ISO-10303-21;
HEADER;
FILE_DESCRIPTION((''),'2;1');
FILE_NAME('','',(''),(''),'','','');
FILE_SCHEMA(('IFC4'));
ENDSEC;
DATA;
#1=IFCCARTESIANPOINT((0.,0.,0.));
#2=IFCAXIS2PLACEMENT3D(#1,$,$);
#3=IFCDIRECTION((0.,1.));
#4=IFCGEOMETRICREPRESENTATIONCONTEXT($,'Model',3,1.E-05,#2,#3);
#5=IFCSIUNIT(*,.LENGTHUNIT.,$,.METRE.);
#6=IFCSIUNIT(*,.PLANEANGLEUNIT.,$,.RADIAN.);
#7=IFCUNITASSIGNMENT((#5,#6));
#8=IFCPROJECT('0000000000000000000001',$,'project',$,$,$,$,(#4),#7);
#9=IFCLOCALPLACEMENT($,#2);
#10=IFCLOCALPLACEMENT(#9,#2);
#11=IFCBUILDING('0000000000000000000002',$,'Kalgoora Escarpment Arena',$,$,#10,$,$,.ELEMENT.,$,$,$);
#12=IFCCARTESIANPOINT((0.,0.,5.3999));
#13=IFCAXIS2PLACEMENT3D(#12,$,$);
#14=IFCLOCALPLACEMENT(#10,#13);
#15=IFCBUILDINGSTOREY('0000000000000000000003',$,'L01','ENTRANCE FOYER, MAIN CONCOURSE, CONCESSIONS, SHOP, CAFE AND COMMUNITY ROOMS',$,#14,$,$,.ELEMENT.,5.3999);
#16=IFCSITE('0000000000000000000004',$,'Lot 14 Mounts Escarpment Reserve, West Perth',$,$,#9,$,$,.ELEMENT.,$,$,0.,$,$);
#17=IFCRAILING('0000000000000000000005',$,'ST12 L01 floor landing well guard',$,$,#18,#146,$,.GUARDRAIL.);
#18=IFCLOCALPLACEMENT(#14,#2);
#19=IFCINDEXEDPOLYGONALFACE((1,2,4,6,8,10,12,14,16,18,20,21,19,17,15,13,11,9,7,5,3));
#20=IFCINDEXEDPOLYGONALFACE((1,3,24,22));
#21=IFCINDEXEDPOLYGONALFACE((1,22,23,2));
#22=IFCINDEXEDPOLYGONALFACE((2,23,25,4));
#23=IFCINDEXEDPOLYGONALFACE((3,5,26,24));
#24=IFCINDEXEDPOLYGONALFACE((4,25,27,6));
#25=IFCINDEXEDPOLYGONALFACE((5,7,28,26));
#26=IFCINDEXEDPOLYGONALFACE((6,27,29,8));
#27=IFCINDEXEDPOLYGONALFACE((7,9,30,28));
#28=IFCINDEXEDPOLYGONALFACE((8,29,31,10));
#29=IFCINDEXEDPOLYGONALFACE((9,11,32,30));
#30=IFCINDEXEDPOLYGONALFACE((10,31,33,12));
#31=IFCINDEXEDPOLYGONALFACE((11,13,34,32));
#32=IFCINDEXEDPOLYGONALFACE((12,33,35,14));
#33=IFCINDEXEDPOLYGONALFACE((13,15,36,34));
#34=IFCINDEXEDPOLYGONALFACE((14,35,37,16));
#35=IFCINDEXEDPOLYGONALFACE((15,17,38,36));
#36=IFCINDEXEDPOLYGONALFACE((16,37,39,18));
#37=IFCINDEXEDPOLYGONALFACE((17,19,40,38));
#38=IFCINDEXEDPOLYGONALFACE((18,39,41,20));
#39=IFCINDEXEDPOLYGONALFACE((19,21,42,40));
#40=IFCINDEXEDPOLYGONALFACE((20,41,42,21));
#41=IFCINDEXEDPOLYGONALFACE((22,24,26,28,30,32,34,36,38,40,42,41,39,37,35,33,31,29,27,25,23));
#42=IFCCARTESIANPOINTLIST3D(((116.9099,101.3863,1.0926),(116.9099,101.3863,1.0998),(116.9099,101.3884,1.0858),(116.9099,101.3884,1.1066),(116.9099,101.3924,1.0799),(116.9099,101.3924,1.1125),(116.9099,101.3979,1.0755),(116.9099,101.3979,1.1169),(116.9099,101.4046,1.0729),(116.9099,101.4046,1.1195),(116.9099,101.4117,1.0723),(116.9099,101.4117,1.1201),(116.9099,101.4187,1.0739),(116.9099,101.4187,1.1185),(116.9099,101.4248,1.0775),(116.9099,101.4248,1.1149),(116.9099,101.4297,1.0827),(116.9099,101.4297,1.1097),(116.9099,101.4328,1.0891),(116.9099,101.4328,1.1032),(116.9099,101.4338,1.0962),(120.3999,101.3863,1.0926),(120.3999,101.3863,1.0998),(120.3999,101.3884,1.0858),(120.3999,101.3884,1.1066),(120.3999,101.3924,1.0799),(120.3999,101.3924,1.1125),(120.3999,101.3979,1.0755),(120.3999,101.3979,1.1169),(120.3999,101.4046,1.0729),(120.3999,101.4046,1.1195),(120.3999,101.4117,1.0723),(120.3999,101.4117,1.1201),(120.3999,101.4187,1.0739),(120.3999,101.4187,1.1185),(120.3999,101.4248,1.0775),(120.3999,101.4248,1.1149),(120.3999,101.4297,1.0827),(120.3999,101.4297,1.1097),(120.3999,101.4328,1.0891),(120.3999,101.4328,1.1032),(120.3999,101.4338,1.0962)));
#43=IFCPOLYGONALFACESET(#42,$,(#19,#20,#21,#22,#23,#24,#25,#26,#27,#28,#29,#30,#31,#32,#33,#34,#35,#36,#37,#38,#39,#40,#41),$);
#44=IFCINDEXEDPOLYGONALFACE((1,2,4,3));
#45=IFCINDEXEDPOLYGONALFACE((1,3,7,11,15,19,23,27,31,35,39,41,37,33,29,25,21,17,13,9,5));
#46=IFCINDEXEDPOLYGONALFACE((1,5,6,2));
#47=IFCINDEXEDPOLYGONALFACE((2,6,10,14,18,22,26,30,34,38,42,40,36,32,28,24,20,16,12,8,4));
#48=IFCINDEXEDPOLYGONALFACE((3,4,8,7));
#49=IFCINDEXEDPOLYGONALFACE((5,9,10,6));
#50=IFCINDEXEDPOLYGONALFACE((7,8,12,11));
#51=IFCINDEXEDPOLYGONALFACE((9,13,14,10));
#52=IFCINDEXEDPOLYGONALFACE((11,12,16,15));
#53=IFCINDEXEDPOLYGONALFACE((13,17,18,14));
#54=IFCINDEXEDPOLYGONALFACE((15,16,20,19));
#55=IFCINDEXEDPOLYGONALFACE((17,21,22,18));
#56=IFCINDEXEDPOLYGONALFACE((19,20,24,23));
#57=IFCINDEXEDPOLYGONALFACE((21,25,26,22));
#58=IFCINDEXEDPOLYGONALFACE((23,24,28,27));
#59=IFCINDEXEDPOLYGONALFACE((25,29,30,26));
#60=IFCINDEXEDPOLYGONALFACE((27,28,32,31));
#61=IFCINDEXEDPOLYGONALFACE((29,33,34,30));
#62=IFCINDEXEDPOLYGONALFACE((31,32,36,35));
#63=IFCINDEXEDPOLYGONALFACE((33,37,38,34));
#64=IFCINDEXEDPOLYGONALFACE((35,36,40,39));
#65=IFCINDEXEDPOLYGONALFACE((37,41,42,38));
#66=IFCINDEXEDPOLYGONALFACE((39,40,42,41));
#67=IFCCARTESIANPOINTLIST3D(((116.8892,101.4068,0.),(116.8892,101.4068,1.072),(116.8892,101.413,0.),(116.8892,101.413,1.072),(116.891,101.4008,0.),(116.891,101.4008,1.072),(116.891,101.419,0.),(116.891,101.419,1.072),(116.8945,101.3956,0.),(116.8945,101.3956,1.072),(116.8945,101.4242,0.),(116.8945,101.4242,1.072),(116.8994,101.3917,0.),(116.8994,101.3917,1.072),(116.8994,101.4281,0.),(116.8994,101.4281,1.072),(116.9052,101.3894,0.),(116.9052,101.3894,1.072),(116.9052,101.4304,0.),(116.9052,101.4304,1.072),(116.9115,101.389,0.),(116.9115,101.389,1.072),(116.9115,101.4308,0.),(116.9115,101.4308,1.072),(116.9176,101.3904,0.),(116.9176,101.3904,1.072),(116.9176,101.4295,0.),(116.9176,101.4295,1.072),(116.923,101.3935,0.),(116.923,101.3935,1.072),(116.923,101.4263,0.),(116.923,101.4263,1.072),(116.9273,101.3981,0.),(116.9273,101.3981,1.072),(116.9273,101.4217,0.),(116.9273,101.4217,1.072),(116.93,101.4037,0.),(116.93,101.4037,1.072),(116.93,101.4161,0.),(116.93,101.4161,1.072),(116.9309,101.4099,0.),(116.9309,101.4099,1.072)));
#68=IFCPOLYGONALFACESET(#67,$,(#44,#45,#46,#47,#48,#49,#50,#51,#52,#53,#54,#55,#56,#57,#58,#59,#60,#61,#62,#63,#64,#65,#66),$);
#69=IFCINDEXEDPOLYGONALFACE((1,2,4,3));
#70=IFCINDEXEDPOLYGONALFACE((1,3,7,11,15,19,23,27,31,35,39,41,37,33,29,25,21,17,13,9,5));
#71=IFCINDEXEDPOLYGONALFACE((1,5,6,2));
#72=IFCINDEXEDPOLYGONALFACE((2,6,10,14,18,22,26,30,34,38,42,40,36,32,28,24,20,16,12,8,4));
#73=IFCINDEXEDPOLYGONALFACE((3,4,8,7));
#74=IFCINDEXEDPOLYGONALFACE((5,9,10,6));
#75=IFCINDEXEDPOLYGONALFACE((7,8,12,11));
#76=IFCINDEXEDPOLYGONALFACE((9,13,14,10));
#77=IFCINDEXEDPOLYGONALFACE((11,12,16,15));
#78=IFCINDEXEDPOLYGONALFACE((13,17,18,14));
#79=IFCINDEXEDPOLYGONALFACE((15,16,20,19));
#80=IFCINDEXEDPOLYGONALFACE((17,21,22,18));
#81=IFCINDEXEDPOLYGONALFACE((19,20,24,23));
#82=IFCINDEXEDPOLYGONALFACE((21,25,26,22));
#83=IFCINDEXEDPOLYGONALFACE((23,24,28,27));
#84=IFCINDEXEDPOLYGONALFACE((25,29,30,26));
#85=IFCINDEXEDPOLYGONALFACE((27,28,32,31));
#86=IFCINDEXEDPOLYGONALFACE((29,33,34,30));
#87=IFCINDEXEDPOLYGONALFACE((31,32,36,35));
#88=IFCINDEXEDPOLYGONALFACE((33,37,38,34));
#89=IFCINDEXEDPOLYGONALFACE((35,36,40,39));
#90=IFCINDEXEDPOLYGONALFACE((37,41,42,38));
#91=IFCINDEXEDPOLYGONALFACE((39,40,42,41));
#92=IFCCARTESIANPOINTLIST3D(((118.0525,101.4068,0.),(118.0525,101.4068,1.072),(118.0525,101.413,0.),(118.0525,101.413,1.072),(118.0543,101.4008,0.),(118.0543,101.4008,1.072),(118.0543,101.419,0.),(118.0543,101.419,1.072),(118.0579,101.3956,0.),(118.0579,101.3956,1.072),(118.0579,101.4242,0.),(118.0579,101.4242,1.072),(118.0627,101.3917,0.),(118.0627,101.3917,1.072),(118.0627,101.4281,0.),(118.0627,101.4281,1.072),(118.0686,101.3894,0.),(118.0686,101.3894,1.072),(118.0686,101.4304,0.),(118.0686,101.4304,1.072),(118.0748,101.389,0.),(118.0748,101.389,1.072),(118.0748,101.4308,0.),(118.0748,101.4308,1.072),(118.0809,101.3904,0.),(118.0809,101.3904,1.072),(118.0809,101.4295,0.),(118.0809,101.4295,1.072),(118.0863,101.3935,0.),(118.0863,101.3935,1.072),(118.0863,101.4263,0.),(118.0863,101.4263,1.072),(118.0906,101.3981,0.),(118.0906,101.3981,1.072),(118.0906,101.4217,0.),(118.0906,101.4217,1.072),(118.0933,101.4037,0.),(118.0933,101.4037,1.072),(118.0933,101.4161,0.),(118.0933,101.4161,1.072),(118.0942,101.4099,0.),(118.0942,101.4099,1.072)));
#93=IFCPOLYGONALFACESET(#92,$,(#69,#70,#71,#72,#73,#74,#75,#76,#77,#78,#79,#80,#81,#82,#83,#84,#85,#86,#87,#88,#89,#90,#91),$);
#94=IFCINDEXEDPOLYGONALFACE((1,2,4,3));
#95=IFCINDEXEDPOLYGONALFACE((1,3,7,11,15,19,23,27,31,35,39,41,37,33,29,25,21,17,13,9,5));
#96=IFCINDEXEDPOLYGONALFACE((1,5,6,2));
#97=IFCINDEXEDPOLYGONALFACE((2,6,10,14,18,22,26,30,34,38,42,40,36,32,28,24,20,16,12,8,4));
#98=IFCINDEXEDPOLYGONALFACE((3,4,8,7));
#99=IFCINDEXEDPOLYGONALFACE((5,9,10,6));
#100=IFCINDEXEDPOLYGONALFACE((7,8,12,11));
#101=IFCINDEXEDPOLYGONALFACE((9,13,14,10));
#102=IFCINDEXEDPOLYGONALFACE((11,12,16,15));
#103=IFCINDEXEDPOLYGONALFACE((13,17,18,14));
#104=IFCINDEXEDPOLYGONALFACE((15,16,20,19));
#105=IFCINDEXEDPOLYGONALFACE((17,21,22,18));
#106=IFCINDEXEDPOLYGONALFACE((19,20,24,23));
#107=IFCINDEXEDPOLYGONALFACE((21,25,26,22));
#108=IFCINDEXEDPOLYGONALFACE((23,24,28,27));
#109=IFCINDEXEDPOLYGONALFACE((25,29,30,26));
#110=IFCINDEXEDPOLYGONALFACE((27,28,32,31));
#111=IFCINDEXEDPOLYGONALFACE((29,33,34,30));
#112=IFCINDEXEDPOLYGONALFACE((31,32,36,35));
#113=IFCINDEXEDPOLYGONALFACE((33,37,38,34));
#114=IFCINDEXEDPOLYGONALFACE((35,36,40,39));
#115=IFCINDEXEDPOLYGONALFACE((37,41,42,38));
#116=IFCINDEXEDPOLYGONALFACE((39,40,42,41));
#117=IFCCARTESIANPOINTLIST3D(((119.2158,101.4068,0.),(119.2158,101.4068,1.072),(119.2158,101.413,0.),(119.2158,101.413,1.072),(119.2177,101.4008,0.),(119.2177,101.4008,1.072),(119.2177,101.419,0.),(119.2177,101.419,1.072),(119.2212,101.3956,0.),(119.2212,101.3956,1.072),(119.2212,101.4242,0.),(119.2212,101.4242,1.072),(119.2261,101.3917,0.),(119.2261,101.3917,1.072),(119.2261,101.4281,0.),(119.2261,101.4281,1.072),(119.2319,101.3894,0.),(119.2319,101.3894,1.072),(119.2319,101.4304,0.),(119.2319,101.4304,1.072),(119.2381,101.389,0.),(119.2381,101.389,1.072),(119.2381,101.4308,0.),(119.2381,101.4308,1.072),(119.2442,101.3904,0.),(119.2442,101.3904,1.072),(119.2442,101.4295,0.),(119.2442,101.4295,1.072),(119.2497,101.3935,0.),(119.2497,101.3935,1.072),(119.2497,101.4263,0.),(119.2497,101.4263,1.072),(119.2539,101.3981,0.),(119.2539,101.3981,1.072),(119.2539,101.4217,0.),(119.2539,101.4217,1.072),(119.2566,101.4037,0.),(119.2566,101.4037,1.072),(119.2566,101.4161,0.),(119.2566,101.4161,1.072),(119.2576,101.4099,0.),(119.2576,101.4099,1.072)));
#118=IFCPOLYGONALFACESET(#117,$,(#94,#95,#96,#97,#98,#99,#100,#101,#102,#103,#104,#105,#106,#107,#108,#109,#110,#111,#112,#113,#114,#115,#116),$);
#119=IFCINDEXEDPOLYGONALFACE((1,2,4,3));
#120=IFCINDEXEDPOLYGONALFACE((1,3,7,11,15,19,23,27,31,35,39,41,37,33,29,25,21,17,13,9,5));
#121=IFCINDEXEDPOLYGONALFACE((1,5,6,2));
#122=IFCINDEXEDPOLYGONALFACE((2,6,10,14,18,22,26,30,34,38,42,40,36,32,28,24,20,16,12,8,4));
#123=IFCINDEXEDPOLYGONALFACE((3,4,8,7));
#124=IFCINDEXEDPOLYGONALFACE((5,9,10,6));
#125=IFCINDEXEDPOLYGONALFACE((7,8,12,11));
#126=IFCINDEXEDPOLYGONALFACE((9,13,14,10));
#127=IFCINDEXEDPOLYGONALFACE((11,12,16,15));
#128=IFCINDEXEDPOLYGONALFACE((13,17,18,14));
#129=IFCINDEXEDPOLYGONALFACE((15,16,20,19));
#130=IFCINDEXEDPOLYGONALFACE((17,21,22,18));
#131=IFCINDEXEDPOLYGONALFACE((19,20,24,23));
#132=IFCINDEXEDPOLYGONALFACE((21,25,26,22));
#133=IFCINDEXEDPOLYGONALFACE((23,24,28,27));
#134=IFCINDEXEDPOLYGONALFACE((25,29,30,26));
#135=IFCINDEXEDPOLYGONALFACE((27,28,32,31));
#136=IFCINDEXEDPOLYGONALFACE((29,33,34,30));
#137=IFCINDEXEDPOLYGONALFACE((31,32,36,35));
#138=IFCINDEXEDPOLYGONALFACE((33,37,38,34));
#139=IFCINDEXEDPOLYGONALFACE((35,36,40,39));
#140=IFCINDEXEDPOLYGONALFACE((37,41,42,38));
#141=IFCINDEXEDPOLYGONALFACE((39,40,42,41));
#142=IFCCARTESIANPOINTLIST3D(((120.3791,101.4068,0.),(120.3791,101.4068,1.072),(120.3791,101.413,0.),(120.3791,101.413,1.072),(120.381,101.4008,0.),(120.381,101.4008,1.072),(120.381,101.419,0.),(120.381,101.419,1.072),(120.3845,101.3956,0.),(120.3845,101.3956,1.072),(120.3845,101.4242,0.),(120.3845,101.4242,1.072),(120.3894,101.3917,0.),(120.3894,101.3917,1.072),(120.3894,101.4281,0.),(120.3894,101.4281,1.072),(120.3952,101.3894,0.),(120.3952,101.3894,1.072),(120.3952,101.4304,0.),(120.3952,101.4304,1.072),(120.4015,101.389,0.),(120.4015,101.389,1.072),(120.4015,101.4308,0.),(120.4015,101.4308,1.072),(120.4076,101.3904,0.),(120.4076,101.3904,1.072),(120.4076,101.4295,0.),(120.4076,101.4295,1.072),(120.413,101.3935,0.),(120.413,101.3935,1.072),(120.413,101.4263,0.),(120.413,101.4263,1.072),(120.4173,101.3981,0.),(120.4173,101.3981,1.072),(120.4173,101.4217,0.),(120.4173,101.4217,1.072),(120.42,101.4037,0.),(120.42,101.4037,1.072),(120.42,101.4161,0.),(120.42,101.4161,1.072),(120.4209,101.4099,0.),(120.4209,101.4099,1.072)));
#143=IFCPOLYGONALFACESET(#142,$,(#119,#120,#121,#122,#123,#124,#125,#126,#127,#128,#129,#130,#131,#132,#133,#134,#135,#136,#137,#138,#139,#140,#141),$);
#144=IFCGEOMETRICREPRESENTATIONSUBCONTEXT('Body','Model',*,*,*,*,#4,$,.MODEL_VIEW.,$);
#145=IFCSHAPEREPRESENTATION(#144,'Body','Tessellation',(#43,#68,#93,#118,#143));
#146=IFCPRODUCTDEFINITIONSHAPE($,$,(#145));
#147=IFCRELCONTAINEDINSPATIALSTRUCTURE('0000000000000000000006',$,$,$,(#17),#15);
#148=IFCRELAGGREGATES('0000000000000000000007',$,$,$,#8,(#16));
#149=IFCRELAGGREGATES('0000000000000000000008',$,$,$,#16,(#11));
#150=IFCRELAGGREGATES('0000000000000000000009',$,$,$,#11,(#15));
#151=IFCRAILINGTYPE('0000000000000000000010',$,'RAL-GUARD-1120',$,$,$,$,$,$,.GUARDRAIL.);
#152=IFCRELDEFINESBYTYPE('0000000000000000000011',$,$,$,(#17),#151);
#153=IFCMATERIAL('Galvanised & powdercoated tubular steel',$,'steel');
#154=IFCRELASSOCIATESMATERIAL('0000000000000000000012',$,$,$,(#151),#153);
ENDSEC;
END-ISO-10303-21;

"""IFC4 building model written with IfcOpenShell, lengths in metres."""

from ifc_helpers import new_model, si_unit, direction, frame, origin, origin_2d, place, context, subcontext, project, spatial, circle, extrude, material, type_object, element, save


model = new_model("IFC4")

# Units and contexts
model_context = context("Model", 3, precision=1e-05, world=origin(), true_north=direction((0.0, 1.0)))
body_context = subcontext(model_context, "Body", "Model", "MODEL_VIEW")
ifc_project = project(units=[si_unit("LENGTHUNIT", "METRE"), si_unit("PLANEANGLEUNIT", "RADIAN")], contexts=[model_context])

# Site, building, storey
site_placement = place(None, origin())
site = spatial("IfcSite", under=ifc_project, at=site_placement, Name="Lot 14 Mounts Escarpment Reserve, West Perth", CompositionType="ELEMENT", RefElevation=0.0)
building_placement = place(site_placement, origin())
building = spatial("IfcBuilding", under=site, at=building_placement, Name="Kalgoora Escarpment Arena", CompositionType="ELEMENT")
storey_placement = place(building_placement, frame((0.0, 0.0, 5.3999)))
storey = spatial("IfcBuildingStorey", under=building, at=storey_placement, Name="L01", Description="ENTRANCE FOYER, MAIN CONCOURSE, CONCESSIONS, SHOP, CAFE AND COMMUNITY ROOMS", CompositionType="ELEMENT", Elevation=5.3999)

# Railing
ifc_material_1 = material(Name="Galvanised & powdercoated tubular steel", Category="steel")
railing_type_1 = type_object("IfcRailingType", Name="RAL-GUARD-1120", PredefinedType="GUARDRAIL", material=ifc_material_1)
for number, where, name in (
    (1, (116.9099, 101.4099, 0.0), "ST12 L01 floor landing well guard"),
):
    element("IfcRailing", number, at=place(storey_placement, frame(where)), inside=storey, type_object=railing_type_1, Name=name, PredefinedType="GUARDRAIL", context=body_context, shape_type="SweptSolid", body=[
        extrude(circle(Radius=0.0239, at=origin_2d()), frame((0.0, 0.0, 1.0962), z_axis=(1.0, 0.0, 0.0), x_axis=(0.0, 1.0, 0.0)), (0.0, 0.0, 1.0), 3.49),
        extrude(circle(Radius=0.021, at=origin_2d()), origin(), (0.0, 0.0, 1.0), 1.072),
        extrude(circle(Radius=0.021, at=origin_2d()), frame((1.1633, 0.0, 0.0)), (0.0, 0.0, 1.0), 1.072),
        extrude(circle(Radius=0.021, at=origin_2d()), frame((2.3267, 0.0, 0.0)), (0.0, 0.0, 1.0), 1.072),
        extrude(circle(Radius=0.021, at=origin_2d()), frame((3.49, 0.0, 0.0)), (0.0, 0.0, 1.0), 1.072),
    ])

save(model, "model.ifc")
